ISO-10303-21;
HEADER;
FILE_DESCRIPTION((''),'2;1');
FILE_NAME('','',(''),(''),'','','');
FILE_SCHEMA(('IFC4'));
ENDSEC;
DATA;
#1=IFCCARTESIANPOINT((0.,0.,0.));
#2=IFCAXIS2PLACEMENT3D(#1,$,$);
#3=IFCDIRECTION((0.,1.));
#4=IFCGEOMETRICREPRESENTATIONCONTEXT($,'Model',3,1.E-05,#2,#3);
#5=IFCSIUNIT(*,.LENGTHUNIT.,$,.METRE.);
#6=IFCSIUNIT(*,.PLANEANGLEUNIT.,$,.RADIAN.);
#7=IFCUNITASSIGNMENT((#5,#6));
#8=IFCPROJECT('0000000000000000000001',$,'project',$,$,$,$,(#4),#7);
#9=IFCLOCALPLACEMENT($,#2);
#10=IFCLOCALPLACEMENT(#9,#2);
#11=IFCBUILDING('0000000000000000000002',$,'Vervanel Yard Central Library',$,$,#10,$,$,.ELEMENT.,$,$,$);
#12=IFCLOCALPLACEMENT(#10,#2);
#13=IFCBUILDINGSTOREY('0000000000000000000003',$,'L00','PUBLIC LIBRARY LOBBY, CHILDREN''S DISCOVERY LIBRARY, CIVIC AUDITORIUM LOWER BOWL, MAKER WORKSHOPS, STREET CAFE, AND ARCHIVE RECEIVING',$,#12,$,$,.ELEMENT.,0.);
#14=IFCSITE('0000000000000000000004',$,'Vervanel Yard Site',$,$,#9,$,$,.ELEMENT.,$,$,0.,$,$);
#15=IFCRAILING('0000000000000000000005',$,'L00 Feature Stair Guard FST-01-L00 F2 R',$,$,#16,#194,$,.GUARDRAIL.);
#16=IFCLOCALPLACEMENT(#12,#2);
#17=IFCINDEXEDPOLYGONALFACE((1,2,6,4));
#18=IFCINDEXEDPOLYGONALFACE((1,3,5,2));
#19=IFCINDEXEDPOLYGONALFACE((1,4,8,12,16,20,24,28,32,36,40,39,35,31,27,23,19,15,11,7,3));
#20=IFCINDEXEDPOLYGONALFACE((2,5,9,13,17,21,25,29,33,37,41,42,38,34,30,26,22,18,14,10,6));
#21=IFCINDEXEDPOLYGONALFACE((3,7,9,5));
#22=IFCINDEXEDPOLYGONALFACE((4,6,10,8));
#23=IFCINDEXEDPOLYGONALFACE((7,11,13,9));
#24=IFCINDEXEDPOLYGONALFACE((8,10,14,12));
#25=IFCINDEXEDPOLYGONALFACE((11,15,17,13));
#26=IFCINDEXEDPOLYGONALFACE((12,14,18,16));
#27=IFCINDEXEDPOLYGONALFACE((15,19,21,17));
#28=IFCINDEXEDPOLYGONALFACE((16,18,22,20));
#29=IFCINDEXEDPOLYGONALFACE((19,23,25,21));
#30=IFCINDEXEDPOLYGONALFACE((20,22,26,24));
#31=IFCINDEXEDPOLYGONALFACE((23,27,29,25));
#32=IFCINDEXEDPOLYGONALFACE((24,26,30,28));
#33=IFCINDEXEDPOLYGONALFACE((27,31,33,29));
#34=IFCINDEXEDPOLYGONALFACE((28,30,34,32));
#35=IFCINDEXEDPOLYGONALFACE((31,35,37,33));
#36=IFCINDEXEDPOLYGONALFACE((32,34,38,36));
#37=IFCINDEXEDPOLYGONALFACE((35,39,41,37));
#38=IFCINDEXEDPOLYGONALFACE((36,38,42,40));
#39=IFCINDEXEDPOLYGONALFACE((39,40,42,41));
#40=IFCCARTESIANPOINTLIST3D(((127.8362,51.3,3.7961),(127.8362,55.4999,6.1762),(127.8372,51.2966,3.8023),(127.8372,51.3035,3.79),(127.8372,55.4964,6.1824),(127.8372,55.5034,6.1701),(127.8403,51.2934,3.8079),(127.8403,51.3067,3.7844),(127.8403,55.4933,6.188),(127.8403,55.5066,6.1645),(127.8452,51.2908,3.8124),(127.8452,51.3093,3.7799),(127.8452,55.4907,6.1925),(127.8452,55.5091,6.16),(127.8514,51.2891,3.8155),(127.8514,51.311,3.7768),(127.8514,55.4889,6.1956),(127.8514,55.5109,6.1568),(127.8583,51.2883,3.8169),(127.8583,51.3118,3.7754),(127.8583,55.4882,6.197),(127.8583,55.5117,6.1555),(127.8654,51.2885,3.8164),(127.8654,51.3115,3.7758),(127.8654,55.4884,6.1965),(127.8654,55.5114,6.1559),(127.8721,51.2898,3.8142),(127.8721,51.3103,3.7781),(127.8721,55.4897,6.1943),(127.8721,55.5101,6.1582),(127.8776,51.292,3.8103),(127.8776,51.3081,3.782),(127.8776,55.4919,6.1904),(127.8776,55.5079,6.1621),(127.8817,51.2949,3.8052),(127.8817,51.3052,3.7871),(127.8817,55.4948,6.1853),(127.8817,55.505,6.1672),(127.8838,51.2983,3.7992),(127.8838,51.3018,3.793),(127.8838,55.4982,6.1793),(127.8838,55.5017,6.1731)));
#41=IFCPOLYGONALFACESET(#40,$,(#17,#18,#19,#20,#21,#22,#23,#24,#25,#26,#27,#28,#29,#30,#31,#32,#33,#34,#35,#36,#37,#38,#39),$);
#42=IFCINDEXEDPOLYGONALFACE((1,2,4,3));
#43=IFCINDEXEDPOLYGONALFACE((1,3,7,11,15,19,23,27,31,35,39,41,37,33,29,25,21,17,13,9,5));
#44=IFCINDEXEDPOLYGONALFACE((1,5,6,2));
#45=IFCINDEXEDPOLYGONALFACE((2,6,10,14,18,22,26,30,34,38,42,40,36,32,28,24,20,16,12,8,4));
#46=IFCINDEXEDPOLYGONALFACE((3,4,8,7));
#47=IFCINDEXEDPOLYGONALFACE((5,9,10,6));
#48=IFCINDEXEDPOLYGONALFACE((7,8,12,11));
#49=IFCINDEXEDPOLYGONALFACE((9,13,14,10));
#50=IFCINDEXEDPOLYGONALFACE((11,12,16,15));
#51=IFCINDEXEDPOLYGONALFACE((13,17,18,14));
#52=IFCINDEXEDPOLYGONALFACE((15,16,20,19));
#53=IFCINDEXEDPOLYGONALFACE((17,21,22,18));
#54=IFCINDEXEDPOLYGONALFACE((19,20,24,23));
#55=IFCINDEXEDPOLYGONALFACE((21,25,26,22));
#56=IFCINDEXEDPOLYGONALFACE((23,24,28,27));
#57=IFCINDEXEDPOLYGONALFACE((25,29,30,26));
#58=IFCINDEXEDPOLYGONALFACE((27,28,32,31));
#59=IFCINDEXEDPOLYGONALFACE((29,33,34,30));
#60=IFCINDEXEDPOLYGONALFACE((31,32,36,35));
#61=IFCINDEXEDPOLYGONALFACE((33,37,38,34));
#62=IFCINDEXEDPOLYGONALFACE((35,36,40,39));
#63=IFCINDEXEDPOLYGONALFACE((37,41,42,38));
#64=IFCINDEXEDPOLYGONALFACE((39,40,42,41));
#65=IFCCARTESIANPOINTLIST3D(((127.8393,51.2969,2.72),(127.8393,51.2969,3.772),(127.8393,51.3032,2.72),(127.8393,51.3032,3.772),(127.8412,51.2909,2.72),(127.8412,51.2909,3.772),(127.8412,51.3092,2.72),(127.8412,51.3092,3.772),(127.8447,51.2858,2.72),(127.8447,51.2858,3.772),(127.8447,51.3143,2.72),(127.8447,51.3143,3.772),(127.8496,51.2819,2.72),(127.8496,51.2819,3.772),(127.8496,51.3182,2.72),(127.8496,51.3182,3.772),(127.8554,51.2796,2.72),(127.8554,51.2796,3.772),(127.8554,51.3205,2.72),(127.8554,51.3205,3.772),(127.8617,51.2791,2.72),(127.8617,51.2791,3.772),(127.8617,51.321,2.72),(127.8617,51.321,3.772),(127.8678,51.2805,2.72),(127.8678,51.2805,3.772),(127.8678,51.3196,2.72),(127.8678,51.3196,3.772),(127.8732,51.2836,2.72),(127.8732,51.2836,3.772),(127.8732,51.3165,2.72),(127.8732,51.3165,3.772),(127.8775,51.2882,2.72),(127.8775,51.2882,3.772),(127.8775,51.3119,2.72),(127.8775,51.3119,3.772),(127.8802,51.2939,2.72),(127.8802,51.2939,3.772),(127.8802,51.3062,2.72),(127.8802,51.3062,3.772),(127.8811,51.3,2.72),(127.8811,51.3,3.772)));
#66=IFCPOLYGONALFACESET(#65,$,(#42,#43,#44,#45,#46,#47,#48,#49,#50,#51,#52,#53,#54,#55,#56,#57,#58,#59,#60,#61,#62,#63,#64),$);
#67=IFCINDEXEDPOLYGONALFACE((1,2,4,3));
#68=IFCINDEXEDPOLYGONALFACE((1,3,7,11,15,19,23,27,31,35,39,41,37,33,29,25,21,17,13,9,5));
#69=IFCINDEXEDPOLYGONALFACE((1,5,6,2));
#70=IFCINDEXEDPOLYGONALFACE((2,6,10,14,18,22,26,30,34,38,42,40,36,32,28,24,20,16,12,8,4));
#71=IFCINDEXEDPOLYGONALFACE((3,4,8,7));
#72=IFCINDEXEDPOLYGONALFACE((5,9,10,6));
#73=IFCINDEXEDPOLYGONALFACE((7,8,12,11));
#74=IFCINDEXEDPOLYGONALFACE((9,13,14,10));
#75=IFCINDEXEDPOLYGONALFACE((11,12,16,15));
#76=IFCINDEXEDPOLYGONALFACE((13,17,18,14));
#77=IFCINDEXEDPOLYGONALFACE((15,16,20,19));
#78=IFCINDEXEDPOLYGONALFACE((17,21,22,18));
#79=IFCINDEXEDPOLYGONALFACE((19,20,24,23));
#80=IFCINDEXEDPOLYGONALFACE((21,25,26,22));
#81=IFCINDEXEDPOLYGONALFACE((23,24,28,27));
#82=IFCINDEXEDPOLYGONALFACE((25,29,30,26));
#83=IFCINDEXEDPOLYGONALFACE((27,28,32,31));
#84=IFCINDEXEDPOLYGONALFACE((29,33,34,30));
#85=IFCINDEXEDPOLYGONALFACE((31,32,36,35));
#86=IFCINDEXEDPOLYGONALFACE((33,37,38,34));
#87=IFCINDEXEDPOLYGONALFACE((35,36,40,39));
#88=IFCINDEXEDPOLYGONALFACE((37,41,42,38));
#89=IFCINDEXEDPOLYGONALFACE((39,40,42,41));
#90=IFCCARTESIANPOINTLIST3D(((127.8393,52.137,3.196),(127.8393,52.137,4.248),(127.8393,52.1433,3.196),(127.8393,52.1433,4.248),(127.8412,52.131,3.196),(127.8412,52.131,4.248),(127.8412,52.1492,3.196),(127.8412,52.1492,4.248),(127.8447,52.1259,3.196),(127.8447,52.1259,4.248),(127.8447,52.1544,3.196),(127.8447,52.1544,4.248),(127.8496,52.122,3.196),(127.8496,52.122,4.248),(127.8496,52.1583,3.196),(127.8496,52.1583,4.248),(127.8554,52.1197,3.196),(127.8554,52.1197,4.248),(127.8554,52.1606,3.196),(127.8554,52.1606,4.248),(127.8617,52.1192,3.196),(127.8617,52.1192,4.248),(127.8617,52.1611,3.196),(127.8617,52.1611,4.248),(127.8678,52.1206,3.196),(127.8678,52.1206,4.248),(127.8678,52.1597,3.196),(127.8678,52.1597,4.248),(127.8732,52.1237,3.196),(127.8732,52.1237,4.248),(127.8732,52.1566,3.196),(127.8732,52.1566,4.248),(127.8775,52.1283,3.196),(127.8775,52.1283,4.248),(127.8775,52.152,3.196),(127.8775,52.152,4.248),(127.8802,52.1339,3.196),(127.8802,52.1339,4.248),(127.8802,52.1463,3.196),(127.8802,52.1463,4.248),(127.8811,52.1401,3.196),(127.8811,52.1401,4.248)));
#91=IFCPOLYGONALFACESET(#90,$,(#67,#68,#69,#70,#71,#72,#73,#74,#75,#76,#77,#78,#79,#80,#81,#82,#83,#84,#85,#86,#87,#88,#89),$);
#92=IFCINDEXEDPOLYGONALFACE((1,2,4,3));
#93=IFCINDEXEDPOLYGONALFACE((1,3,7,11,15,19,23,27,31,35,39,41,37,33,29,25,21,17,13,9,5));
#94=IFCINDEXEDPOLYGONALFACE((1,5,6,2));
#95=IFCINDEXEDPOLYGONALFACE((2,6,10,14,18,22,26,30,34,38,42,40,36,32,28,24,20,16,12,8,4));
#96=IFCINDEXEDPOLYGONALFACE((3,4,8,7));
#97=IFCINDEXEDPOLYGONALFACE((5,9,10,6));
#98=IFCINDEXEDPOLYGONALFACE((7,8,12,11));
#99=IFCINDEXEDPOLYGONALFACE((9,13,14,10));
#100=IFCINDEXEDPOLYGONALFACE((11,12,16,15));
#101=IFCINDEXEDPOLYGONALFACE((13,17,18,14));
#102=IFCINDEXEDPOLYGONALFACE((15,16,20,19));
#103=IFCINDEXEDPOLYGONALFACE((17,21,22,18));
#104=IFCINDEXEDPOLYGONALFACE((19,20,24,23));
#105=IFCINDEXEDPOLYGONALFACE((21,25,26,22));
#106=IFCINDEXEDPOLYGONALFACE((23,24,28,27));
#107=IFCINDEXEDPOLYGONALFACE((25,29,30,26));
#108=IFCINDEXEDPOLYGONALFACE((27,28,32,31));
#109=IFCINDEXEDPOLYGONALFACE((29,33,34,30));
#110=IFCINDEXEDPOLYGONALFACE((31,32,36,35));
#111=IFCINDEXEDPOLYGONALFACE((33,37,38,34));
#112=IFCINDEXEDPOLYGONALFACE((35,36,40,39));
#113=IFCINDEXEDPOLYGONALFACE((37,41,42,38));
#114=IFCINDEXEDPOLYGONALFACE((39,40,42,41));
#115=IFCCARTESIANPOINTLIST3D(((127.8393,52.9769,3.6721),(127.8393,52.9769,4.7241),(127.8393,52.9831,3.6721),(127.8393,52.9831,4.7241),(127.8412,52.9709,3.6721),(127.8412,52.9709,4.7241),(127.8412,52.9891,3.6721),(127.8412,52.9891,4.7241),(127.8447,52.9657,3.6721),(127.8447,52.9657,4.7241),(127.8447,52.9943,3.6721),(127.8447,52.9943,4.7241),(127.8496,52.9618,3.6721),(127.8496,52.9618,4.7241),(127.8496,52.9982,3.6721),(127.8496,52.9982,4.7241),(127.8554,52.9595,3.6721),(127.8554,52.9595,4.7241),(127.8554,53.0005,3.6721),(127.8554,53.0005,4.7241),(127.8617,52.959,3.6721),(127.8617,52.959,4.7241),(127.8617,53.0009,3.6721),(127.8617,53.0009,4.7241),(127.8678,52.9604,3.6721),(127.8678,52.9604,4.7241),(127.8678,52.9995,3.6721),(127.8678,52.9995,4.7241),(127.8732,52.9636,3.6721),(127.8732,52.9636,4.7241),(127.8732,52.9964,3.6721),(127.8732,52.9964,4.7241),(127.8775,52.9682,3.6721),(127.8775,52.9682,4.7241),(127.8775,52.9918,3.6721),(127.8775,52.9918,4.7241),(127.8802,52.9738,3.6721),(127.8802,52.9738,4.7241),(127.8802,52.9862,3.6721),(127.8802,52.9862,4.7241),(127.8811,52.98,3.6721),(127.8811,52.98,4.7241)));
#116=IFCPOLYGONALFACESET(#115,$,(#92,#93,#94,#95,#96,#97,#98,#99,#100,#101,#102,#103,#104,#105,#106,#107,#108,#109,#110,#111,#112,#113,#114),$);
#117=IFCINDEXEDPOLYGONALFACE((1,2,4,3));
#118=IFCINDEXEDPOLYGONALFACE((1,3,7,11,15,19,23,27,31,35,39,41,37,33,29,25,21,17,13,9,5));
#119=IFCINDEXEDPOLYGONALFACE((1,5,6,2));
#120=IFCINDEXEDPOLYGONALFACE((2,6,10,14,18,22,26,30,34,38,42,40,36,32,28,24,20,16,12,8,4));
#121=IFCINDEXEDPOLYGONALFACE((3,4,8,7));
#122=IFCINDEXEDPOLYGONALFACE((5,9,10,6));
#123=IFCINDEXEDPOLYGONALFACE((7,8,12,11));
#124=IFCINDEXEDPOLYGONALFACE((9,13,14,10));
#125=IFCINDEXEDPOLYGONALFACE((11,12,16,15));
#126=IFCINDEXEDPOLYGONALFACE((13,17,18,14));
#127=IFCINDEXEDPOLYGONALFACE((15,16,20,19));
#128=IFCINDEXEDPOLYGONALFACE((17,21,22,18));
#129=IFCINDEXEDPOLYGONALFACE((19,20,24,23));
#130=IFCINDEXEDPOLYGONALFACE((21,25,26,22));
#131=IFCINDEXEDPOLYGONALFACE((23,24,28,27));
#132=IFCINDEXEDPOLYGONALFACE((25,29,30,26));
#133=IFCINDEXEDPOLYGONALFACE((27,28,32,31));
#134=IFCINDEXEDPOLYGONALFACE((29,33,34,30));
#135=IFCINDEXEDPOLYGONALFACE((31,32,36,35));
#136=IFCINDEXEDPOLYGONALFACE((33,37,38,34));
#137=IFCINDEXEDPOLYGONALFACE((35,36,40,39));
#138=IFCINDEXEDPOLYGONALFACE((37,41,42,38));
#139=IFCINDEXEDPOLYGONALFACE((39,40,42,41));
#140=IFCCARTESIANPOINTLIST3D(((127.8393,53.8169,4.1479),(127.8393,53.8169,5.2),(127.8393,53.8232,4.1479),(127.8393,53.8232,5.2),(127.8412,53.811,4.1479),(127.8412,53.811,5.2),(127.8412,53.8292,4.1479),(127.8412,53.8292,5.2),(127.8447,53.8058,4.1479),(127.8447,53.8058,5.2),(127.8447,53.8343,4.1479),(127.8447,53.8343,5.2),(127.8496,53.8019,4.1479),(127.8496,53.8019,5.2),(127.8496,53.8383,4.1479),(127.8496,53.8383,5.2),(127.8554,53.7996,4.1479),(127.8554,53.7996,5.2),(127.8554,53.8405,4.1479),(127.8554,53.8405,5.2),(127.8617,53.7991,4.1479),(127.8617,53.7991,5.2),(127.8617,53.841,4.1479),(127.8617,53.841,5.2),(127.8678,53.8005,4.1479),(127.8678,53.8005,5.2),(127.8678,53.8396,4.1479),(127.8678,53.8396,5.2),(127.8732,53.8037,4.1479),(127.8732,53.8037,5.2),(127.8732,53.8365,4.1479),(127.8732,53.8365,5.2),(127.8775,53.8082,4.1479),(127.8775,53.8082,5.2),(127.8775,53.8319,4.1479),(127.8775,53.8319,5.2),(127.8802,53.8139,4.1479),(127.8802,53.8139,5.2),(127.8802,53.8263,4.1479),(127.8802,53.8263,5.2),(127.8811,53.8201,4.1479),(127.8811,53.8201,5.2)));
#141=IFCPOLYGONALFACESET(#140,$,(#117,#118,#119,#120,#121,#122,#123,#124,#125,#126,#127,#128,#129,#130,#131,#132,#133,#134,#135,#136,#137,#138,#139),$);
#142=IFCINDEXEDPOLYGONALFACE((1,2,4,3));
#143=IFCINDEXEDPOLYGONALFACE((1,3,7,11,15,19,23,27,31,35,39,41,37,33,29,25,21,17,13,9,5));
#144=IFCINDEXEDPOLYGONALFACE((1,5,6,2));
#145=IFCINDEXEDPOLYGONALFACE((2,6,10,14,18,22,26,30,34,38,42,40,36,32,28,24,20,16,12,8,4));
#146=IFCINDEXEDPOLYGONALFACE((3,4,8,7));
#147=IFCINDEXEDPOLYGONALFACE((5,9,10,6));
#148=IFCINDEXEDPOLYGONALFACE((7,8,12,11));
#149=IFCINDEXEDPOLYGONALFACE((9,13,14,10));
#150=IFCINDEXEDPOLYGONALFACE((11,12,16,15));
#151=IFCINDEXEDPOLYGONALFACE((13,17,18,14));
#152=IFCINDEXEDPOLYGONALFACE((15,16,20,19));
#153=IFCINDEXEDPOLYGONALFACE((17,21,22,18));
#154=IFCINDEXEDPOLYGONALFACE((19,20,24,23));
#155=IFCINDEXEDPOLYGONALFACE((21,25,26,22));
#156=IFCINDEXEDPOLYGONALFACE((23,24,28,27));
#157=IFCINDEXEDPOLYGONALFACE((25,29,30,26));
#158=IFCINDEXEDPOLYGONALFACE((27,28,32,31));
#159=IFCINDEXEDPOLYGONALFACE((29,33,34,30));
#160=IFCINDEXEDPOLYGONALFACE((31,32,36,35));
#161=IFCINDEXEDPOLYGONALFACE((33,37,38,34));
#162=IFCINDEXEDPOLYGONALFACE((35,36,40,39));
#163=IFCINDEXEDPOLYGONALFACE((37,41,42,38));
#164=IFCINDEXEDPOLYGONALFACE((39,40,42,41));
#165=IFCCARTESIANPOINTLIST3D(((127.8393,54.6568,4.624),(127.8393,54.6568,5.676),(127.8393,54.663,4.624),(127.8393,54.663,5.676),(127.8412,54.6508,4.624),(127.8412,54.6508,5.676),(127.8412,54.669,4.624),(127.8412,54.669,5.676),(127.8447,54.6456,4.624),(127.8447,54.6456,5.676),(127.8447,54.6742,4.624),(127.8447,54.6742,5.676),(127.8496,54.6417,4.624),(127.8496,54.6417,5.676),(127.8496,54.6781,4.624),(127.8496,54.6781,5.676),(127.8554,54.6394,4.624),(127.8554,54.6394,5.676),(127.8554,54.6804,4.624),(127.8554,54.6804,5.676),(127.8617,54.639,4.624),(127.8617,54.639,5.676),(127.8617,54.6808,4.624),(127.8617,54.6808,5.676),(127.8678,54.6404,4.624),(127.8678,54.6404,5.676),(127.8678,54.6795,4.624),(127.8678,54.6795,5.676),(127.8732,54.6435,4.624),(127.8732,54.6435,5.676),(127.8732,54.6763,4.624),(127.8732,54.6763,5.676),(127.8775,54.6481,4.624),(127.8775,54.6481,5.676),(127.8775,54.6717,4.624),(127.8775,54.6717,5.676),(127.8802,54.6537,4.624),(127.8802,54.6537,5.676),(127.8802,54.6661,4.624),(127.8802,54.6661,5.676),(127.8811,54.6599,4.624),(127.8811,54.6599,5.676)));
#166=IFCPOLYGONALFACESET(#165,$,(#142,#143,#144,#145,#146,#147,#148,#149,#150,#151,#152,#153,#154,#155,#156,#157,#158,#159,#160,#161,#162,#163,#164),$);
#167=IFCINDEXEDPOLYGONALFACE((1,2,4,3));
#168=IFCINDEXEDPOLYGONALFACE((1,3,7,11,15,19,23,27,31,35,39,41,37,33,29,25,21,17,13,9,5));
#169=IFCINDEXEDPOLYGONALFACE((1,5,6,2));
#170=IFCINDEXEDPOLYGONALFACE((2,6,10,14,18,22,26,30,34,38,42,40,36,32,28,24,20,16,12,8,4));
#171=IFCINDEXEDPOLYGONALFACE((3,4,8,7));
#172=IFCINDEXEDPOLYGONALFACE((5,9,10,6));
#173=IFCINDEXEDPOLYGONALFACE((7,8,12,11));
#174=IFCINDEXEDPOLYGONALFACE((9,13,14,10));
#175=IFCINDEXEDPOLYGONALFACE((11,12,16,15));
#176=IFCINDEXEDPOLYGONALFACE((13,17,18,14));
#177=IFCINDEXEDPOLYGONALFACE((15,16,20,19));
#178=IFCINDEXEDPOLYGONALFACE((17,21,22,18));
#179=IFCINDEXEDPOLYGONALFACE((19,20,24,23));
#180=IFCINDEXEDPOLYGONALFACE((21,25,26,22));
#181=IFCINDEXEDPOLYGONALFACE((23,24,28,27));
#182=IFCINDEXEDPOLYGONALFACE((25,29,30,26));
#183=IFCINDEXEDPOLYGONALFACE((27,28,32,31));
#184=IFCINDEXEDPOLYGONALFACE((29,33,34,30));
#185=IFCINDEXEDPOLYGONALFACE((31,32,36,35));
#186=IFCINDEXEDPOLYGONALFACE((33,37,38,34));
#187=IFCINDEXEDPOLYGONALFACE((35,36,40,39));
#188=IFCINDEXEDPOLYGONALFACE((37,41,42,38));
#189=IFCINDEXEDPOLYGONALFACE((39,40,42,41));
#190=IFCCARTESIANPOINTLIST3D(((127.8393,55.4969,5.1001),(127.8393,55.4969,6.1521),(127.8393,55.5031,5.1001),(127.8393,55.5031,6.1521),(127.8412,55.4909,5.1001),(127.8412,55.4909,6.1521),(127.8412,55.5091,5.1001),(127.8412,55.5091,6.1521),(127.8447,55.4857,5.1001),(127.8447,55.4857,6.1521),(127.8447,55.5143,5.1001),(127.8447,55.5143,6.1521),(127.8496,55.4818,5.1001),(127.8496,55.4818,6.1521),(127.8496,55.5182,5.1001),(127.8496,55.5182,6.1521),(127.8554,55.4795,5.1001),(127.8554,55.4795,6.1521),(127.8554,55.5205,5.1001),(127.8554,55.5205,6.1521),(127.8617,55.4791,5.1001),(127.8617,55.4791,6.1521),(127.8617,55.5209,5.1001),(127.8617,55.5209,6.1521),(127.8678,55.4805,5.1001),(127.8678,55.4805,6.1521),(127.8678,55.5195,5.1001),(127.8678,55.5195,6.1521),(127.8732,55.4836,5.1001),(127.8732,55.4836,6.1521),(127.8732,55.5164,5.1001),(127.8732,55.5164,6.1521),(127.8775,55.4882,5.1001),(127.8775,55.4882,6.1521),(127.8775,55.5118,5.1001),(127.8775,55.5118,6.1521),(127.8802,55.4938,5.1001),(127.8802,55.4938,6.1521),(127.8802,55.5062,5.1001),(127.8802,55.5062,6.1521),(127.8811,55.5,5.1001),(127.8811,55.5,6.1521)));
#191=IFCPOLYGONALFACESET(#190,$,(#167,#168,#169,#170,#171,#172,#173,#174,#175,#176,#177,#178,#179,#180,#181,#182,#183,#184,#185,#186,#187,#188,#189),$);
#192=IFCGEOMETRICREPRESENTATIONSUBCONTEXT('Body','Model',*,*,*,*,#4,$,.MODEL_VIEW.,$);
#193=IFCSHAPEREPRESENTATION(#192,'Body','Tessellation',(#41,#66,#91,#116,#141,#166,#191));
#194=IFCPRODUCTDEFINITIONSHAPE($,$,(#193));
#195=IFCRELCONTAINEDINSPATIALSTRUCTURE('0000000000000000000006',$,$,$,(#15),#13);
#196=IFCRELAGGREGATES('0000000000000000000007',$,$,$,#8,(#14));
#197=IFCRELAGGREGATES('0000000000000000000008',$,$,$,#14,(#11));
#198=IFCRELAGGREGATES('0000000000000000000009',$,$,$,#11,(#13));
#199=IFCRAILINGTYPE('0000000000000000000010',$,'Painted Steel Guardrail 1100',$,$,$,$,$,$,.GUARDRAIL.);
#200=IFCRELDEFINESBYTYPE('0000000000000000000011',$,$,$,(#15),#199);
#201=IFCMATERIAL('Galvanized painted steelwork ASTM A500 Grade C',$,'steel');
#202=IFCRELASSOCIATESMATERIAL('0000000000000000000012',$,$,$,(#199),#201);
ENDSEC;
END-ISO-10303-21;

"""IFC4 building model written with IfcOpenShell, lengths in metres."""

from ifc_helpers import new_model, si_unit, direction, frame, origin, origin_2d, place, context, subcontext, project, spatial, circle, extrude, material, type_object, element, save


model = new_model("IFC4")

# Units and contexts
model_context = context("Model", 3, precision=1e-05, world=origin(), true_north=direction((0.0, 1.0)))
body_context = subcontext(model_context, "Body", "Model", "MODEL_VIEW")
ifc_project = project(units=[si_unit("LENGTHUNIT", "METRE"), si_unit("PLANEANGLEUNIT", "RADIAN")], contexts=[model_context])

# Site, building, storey
site_placement = place(None, origin())
site = spatial("IfcSite", under=ifc_project, at=site_placement, Name="Vervanel Yard Site", CompositionType="ELEMENT", RefElevation=0.0)
building_placement = place(site_placement, origin())
building = spatial("IfcBuilding", under=site, at=building_placement, Name="Vervanel Yard Central Library", CompositionType="ELEMENT")
storey_placement = place(building_placement, origin())
storey = spatial("IfcBuildingStorey", under=building, at=storey_placement, Name="L00", Description="PUBLIC LIBRARY LOBBY, CHILDREN'S DISCOVERY LIBRARY, CIVIC AUDITORIUM LOWER BOWL, MAKER WORKSHOPS, STREET CAFE, AND ARCHIVE RECEIVING", CompositionType="ELEMENT", Elevation=0.0)

# Shared definitions
ifc_material_1 = material(Name="Galvanized painted steelwork ASTM A500 Grade C", Category="steel")

# Railing
railing_type = type_object("IfcRailingType", Name="Painted Steel Guardrail 1100", PredefinedType="GUARDRAIL", material=ifc_material_1)
railing_1_placement = place(storey_placement, frame((127.8601, 51.3, 2.72)))
element("IfcRailing", 1, at=railing_1_placement, inside=storey, type_object=railing_type, Name="L00 Feature Stair Guard FST-01-L00 F2 R", PredefinedType="GUARDRAIL", context=body_context, shape_type="SweptSolid", body=[
    extrude(circle(Radius=0.0239, at=origin_2d()), frame((0.0, 0.0, 1.0762), z_axis=(0.0, 0.870008, 0.493037), x_axis=(-1.0, 0.0, 0.0)), (0.0, 0.0, 1.0), 4.8274),
    extrude(circle(Radius=0.021, at=origin_2d()), origin(), (0.0, 0.0, 1.0), 1.052),
    extrude(circle(Radius=0.021, at=origin_2d()), frame((0.0, 0.8401, 0.4761)), (0.0, 0.0, 1.0), 1.052),
    extrude(circle(Radius=0.021, at=origin_2d()), frame((0.0, 1.6799, 0.9521)), (0.0, 0.0, 1.0), 1.052),
    extrude(circle(Radius=0.021, at=origin_2d()), frame((0.0, 2.52, 1.428)), (0.0, 0.0, 1.0), 1.052),
    extrude(circle(Radius=0.021, at=origin_2d()), frame((0.0, 3.3599, 1.9041)), (0.0, 0.0, 1.0), 1.052),
    extrude(circle(Radius=0.021, at=origin_2d()), frame((0.0, 4.2, 2.3801)), (0.0, 0.0, 1.0), 1.052),
])

save(model, "model.ifc")
